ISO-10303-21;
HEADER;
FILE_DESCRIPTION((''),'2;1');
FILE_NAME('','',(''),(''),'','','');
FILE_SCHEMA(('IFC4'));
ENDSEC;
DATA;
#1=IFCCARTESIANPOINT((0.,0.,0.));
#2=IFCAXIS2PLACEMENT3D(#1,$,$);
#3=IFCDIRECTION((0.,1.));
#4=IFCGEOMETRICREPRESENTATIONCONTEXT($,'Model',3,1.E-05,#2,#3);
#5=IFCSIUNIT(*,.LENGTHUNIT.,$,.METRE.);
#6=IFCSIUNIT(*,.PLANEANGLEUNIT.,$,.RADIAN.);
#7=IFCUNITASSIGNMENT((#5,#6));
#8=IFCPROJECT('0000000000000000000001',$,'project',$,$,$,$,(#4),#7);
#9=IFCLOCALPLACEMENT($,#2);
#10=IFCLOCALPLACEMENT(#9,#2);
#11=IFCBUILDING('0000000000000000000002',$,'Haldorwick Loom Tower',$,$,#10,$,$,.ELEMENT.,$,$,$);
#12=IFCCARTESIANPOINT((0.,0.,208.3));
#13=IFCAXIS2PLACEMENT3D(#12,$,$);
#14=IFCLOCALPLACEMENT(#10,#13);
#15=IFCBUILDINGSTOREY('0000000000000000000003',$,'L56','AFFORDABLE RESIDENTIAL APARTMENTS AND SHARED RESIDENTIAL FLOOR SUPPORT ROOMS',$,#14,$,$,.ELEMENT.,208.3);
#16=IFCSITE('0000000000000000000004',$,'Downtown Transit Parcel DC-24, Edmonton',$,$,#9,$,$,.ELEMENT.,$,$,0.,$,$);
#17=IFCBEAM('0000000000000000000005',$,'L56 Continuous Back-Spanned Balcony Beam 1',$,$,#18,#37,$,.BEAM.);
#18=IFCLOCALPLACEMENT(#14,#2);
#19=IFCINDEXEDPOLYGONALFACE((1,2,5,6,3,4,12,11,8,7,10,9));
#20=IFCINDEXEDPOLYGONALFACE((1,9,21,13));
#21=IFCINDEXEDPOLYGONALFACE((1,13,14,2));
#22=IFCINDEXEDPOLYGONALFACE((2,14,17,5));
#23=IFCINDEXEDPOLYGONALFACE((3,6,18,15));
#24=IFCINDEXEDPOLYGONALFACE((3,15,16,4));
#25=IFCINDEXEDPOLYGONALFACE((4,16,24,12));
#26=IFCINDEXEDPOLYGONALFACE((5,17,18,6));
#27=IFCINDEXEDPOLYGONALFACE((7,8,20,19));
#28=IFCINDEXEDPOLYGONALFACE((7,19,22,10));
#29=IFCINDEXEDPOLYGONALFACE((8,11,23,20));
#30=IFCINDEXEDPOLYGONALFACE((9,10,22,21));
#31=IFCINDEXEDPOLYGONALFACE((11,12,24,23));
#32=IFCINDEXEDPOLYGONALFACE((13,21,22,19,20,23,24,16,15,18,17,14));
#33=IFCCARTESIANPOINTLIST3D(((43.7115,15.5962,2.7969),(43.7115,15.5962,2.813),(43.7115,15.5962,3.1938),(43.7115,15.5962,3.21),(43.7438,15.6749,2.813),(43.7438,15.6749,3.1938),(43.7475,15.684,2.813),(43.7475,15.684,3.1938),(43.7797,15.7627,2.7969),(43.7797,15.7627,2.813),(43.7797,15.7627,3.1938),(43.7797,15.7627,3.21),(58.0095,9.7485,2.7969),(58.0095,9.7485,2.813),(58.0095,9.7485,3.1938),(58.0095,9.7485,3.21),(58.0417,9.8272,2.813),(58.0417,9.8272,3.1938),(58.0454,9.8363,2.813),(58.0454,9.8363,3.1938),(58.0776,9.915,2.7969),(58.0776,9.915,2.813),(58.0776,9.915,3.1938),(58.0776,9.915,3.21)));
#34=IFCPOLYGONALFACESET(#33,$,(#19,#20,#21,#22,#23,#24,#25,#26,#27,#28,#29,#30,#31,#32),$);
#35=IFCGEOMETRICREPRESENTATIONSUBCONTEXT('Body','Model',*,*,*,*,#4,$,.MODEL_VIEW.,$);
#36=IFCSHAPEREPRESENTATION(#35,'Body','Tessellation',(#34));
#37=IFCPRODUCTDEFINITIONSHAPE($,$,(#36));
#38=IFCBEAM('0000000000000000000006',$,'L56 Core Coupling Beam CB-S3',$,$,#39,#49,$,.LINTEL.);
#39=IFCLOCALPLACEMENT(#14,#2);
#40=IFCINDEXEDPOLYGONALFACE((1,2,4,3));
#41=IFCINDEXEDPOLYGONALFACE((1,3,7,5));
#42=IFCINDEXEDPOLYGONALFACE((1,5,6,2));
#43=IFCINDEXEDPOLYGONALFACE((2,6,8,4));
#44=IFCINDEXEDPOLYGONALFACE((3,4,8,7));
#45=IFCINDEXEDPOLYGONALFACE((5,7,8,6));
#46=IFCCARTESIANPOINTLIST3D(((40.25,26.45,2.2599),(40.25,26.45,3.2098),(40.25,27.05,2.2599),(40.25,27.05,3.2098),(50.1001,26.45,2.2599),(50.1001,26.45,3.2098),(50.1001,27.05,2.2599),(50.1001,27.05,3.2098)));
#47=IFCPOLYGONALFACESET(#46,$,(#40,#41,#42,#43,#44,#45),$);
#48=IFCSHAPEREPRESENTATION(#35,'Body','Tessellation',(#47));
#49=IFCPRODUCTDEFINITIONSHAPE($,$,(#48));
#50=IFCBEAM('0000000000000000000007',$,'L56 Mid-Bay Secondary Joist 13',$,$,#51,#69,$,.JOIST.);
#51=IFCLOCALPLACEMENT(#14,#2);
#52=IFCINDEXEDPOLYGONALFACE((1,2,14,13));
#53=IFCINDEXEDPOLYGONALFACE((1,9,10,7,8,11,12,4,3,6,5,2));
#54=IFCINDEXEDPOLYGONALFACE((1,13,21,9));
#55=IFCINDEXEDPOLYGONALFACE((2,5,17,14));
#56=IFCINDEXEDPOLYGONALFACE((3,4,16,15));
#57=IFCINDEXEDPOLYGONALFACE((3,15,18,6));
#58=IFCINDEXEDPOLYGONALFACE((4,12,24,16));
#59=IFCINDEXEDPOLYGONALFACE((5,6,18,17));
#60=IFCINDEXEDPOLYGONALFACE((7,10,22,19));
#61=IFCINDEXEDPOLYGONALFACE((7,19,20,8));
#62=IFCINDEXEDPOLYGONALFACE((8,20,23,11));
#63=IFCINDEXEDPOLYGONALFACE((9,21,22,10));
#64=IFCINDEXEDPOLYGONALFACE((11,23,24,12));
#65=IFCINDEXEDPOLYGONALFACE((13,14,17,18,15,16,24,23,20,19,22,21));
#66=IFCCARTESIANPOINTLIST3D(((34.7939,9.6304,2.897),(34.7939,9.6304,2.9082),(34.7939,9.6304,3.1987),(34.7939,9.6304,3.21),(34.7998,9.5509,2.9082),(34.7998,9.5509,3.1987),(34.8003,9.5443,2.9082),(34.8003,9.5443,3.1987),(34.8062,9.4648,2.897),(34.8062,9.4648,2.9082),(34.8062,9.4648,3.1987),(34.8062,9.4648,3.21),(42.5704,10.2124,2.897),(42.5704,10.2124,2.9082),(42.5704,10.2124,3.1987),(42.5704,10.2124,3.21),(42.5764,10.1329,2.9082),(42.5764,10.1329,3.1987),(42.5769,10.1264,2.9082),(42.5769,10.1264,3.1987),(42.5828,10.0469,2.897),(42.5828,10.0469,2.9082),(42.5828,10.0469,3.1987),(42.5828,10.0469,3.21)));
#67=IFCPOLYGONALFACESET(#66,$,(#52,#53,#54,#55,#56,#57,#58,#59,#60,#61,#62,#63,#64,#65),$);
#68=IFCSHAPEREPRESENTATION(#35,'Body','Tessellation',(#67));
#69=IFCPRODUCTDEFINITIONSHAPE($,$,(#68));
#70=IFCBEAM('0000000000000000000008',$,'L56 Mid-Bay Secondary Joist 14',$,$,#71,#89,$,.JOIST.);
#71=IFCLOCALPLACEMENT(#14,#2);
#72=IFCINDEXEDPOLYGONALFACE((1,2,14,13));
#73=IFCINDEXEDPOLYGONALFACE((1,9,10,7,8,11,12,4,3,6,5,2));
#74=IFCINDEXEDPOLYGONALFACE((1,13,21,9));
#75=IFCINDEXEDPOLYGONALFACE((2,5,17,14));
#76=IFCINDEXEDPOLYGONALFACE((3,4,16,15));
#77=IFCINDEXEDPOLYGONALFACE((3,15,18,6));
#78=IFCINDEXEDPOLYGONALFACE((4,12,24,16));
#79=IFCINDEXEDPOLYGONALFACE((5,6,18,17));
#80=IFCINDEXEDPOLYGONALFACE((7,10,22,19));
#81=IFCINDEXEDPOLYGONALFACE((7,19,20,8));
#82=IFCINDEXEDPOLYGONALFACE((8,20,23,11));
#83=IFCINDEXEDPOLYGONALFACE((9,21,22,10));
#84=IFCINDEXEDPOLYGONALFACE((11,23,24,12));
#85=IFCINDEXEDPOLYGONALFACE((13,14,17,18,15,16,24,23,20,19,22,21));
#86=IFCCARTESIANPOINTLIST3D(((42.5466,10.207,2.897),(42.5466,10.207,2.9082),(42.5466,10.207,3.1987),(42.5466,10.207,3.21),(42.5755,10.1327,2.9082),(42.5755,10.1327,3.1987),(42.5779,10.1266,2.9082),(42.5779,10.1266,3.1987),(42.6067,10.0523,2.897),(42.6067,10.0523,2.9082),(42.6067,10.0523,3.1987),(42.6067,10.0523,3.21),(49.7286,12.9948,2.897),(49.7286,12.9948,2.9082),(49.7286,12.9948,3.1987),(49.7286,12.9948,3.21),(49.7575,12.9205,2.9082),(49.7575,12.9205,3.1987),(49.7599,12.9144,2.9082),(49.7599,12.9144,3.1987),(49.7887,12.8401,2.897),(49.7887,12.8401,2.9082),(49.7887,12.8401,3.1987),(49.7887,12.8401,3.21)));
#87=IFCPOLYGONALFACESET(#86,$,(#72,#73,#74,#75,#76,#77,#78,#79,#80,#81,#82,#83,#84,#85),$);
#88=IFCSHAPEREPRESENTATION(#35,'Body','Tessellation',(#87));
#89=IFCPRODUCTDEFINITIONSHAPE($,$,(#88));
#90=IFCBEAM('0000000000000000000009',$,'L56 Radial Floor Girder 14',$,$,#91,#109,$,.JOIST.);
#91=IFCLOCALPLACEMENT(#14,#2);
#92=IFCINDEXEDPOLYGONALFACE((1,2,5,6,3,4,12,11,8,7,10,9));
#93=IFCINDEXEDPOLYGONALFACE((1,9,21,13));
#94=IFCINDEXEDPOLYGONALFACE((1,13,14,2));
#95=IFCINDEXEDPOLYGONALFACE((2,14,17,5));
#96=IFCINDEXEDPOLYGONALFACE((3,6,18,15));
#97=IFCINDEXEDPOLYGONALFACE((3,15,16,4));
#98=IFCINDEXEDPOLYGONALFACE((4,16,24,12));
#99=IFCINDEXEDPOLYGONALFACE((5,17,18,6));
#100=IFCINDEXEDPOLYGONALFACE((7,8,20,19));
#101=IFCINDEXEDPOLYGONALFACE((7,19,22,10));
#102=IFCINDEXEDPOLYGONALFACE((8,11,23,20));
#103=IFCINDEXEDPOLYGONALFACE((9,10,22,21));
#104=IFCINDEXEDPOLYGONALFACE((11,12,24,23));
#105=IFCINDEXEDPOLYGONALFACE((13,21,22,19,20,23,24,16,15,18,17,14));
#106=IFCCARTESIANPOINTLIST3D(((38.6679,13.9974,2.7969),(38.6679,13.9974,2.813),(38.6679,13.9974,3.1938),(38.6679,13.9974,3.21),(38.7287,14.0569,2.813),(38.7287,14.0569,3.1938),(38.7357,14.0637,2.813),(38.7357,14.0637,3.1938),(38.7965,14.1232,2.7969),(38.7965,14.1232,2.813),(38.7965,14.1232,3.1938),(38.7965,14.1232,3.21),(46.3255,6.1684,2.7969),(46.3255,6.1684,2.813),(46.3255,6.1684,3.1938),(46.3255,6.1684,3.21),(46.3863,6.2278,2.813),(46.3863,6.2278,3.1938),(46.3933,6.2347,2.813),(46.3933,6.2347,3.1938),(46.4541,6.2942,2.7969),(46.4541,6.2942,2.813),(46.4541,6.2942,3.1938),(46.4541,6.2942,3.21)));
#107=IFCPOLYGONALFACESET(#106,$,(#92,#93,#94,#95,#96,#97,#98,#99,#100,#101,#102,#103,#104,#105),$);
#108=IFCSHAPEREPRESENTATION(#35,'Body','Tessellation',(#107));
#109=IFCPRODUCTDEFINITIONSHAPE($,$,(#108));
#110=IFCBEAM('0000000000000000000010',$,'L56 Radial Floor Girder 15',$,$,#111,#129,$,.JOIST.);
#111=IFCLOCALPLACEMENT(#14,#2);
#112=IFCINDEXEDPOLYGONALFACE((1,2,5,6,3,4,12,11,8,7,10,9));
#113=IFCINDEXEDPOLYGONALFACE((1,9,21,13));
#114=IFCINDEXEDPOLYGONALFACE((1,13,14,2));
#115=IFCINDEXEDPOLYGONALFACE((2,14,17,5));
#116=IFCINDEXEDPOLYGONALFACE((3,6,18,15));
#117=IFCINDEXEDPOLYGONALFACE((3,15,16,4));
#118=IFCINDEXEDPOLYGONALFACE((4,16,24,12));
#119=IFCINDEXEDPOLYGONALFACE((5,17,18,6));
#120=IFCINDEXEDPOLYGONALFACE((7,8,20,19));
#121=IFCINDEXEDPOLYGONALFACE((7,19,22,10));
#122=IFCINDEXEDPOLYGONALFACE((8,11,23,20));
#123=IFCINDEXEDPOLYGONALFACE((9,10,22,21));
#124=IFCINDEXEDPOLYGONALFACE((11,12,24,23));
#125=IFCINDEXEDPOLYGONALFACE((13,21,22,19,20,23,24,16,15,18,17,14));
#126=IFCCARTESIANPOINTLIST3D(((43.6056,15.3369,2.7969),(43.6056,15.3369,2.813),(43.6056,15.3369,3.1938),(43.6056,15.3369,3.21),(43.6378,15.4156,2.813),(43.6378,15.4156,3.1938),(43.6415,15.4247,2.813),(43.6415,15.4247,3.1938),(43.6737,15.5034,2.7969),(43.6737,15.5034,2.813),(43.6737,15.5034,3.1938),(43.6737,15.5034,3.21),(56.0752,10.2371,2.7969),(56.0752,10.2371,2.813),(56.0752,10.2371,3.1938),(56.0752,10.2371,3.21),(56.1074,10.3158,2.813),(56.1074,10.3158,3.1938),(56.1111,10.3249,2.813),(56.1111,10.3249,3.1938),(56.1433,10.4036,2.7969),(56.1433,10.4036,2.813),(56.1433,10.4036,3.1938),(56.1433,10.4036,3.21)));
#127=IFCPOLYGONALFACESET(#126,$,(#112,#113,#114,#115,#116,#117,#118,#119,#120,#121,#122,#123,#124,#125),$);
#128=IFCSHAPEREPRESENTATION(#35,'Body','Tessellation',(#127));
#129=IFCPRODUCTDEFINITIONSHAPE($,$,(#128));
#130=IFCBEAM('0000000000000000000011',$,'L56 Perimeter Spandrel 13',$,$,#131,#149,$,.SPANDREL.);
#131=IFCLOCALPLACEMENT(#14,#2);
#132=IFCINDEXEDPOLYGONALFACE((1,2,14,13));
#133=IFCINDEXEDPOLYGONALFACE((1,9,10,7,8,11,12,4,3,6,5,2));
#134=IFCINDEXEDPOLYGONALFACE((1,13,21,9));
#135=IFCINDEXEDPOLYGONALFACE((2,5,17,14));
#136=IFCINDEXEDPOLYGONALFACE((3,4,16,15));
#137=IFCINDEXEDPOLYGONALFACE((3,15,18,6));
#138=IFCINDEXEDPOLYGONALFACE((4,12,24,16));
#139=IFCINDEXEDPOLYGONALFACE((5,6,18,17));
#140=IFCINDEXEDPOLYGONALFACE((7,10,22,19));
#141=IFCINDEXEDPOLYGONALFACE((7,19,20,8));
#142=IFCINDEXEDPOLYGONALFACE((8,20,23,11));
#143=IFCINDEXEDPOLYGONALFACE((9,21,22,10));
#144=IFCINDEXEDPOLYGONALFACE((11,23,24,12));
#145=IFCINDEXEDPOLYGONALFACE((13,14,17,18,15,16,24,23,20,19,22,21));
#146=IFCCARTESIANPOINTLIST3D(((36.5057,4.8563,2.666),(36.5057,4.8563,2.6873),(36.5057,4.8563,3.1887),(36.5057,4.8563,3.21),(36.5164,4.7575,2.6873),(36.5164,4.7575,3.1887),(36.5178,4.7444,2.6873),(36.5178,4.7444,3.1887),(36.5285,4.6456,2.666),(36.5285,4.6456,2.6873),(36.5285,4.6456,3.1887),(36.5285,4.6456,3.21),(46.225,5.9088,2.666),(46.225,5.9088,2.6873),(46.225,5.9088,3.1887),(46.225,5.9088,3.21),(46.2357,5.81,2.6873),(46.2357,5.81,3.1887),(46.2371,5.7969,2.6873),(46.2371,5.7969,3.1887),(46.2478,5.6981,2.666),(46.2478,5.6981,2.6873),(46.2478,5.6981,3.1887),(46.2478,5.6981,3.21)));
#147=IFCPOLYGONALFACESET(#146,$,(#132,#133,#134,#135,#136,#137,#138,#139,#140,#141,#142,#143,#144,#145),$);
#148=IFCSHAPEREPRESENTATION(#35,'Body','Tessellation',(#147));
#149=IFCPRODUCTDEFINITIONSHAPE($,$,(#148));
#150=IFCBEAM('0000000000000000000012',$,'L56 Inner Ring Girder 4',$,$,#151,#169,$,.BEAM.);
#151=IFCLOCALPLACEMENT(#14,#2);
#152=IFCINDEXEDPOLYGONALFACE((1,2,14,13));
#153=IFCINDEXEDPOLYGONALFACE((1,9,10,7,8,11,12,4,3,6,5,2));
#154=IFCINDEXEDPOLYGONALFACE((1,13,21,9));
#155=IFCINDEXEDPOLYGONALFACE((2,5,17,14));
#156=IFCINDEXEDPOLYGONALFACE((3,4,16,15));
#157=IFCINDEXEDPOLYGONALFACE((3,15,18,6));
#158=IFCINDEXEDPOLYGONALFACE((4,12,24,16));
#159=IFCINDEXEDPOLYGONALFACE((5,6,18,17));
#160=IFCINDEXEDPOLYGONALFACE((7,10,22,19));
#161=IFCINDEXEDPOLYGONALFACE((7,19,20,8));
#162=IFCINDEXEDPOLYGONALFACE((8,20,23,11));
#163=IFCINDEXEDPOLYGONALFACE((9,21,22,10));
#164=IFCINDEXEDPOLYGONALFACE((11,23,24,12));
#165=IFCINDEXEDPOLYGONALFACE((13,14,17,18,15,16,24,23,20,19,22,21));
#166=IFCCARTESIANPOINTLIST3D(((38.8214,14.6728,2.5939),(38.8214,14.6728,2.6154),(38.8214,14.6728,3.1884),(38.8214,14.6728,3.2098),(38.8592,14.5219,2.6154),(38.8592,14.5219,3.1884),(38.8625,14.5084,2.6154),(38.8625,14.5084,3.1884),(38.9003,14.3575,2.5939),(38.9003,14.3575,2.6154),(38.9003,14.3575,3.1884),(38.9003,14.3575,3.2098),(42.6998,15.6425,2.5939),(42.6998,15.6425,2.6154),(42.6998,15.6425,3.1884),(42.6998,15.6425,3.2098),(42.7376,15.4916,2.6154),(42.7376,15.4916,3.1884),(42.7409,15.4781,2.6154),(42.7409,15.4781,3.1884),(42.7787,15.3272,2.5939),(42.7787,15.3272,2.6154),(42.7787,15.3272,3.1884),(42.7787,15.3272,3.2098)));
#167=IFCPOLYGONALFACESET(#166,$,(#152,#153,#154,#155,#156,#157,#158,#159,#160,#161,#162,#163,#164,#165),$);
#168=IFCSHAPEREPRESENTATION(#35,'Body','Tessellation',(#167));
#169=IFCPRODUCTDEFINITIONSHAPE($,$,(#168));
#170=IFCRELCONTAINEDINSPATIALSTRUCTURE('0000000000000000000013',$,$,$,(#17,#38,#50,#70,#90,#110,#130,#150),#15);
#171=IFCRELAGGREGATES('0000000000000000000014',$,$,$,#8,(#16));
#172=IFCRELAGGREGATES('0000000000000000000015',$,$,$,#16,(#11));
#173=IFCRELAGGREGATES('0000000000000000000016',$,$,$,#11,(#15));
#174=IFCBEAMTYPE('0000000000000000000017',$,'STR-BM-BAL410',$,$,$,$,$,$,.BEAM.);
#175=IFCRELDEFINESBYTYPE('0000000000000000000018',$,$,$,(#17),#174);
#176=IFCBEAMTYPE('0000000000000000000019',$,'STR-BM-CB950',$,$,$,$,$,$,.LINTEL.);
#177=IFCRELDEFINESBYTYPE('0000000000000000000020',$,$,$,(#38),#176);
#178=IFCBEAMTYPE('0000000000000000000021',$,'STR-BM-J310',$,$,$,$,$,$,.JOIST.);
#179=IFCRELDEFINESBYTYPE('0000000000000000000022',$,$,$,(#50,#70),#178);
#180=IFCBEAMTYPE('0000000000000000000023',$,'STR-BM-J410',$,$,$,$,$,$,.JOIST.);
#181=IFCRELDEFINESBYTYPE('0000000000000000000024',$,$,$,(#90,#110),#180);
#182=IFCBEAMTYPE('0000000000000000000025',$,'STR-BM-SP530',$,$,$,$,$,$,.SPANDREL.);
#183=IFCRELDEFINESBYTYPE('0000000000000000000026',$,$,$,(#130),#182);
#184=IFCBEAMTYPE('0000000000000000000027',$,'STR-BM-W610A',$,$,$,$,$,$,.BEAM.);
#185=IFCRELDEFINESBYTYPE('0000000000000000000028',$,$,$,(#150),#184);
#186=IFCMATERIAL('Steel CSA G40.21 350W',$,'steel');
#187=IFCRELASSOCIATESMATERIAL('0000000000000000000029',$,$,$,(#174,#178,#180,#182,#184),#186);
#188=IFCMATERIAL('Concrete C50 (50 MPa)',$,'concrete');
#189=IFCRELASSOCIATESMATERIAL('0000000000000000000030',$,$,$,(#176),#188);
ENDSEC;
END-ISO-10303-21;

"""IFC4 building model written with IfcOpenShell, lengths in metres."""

from ifc_helpers import new_model, si_unit, direction, frame, origin, origin_2d, place, context, subcontext, project, spatial, rectangle, i_section, extrude, material, material_profile, profile_set, type_object, element, save


model = new_model("IFC4")

# Units and contexts
model_context = context("Model", 3, precision=1e-05, world=origin(), true_north=direction((0.0, 1.0)))
body_context = subcontext(model_context, "Body", "Model", "MODEL_VIEW")
ifc_project = project(units=[si_unit("LENGTHUNIT", "METRE"), si_unit("PLANEANGLEUNIT", "RADIAN")], contexts=[model_context])

# Site, building, storey
site_placement = place(None, origin())
site = spatial("IfcSite", under=ifc_project, at=site_placement, Name="Downtown Transit Parcel DC-24, Edmonton", CompositionType="ELEMENT", RefElevation=0.0)
building_placement = place(site_placement, origin())
building = spatial("IfcBuilding", under=site, at=building_placement, Name="Haldorwick Loom Tower", CompositionType="ELEMENT")
storey_placement = place(building_placement, frame((0.0, 0.0, 208.3)))
storey = spatial("IfcBuildingStorey", under=building, at=storey_placement, Name="L56", Description="AFFORDABLE RESIDENTIAL APARTMENTS AND SHARED RESIDENTIAL FLOOR SUPPORT ROOMS", CompositionType="ELEMENT", Elevation=208.3)

# Shared definitions
ifc_material_1 = material(Name="Steel CSA G40.21 350W", Category="steel")

# Beams
ifc_material_profile_1 = material_profile(ifc_material_1, i_section(OverallWidth=0.1799, OverallDepth=0.4131, WebThickness=0.0098, FlangeThickness=0.0161, at=origin_2d()), Name="W410X74", Category="steel")
ifc_profile_set_1 = profile_set([ifc_material_profile_1], Name="Steel CSA G40.21 350W")
beam_type_1 = type_object("IfcBeamType", Name="STR-BM-BAL410", PredefinedType="BEAM", material=ifc_profile_set_1)
beam_1_placement = place(storey_placement, frame((43.7456, 15.6794, 3.0034), z_axis=(0.92558, -0.378552, 0.0), x_axis=(0.378552, 0.92558, 0.0)))
element("IfcBeam", 1, at=beam_1_placement, inside=storey, type_object=beam_type_1, Name="L56 Continuous Back-Spanned Balcony Beam 1", PredefinedType="BEAM", context=body_context, shape_type="SweptSolid", body=[
    extrude(i_section(OverallWidth=0.1799, OverallDepth=0.4131, WebThickness=0.0098, FlangeThickness=0.0161, at=origin_2d()), origin(), (0.0, 0.0, 1.0), 15.4475),
])
ifc_material_2 = material(Name="Concrete C50 (50 MPa)", Category="concrete")
ifc_material_profile_2 = material_profile(ifc_material_2, rectangle(XDim=0.6001, YDim=0.95, at=origin_2d()), Name="RC600X950", Category="concrete")
ifc_profile_set_2 = profile_set([ifc_material_profile_2], Name="Concrete C50 (50 MPa)")
beam_type_2 = type_object("IfcBeamType", Name="STR-BM-CB950", PredefinedType="LINTEL", material=ifc_profile_set_2)
beam_2_placement = place(storey_placement, frame((40.25, 26.75, 2.7349), z_axis=(1.0, 0.0, 0.0), x_axis=(0.0, 1.0, 0.0)))
element("IfcBeam", 2, at=beam_2_placement, inside=storey, type_object=beam_type_2, Name="L56 Core Coupling Beam CB-S3", PredefinedType="LINTEL", context=body_context, shape_type="SweptSolid", body=[
    extrude(rectangle(XDim=0.6001, YDim=0.95, at=origin_2d()), origin(), (0.0, 0.0, 1.0), 9.8501),
])
ifc_material_profile_3 = material_profile(ifc_material_1, i_section(OverallWidth=0.166, OverallDepth=0.313, WebThickness=0.0066, FlangeThickness=0.0112, at=origin_2d()), Name="W310X45", Category="steel")
ifc_profile_set_3 = profile_set([ifc_material_profile_3], Name="Steel CSA G40.21 350W")
beam_type_3 = type_object("IfcBeamType", Name="STR-BM-J310", PredefinedType="JOIST", material=ifc_profile_set_3)
beam_3_placement = place(storey_placement, frame((34.8, 9.5476, 3.0535), z_axis=(0.997211, 0.074635, 0.0), x_axis=(-0.074635, 0.997211, 0.0)))
element("IfcBeam", 3, at=beam_3_placement, inside=storey, type_object=beam_type_3, Name="L56 Mid-Bay Secondary Joist 13", PredefinedType="JOIST", context=body_context, shape_type="SweptSolid", body=[
    extrude(i_section(OverallWidth=0.166, OverallDepth=0.313, WebThickness=0.0066, FlangeThickness=0.0112, at=origin_2d()), origin(), (0.0, 0.0, 1.0), 7.7983),
])
beam_4_placement = place(storey_placement, frame((42.5767, 10.1296, 3.0535), z_axis=(0.932233, 0.361859, 0.0), x_axis=(-0.361859, 0.932233, 0.0)))
element("IfcBeam", 4, at=beam_4_placement, inside=storey, type_object=beam_type_3, Name="L56 Mid-Bay Secondary Joist 14", PredefinedType="JOIST", context=body_context, shape_type="SweptSolid", body=[
    extrude(i_section(OverallWidth=0.166, OverallDepth=0.313, WebThickness=0.0066, FlangeThickness=0.0112, at=origin_2d()), origin(), (0.0, 0.0, 1.0), 7.7041),
])
ifc_material_profile_4 = material_profile(ifc_material_1, i_section(OverallWidth=0.1799, OverallDepth=0.4131, WebThickness=0.0098, FlangeThickness=0.0161, at=origin_2d()), Name="W410X74", Category="steel")
ifc_profile_set_4 = profile_set([ifc_material_profile_4], Name="Steel CSA G40.21 350W")
beam_type_4 = type_object("IfcBeamType", Name="STR-BM-J410", PredefinedType="JOIST", material=ifc_profile_set_4)
beam_5_placement = place(storey_placement, frame((38.7322, 14.0603, 3.0034), z_axis=(0.699239, -0.714888, 0.0), x_axis=(0.714888, 0.699239, 0.0)))
element("IfcBeam", 5, at=beam_5_placement, inside=storey, type_object=beam_type_4, Name="L56 Radial Floor Girder 14", PredefinedType="JOIST", context=body_context, shape_type="SweptSolid", body=[
    extrude(i_section(OverallWidth=0.1799, OverallDepth=0.4131, WebThickness=0.0098, FlangeThickness=0.0161, at=origin_2d()), origin(), (0.0, 0.0, 1.0), 10.9514),
])
beam_6_placement = place(storey_placement, frame((43.6396, 15.4202, 3.0034), z_axis=(0.925583, -0.378544, 0.0), x_axis=(0.378544, 0.925583, 0.0)))
element("IfcBeam", 6, at=beam_6_placement, inside=storey, type_object=beam_type_4, Name="L56 Radial Floor Girder 15", PredefinedType="JOIST", context=body_context, shape_type="SweptSolid", body=[
    extrude(i_section(OverallWidth=0.1799, OverallDepth=0.4131, WebThickness=0.0098, FlangeThickness=0.0161, at=origin_2d()), origin(), (0.0, 0.0, 1.0), 13.4722),
])
ifc_material_profile_5 = material_profile(ifc_material_1, i_section(OverallWidth=0.2119, OverallDepth=0.5439, WebThickness=0.0132, FlangeThickness=0.0212, at=origin_2d()), Name="W530X123", Category="steel")
ifc_profile_set_5 = profile_set([ifc_material_profile_5], Name="Steel CSA G40.21 350W")
beam_type_5 = type_object("IfcBeamType", Name="STR-BM-SP530", PredefinedType="SPANDREL", material=ifc_profile_set_5)
beam_7_placement = place(storey_placement, frame((36.5171, 4.751, 2.938), z_axis=(0.994188, 0.10766, 0.0), x_axis=(-0.10766, 0.994188, 0.0)))
element("IfcBeam", 7, at=beam_7_placement, inside=storey, type_object=beam_type_5, Name="L56 Perimeter Spandrel 13", PredefinedType="SPANDREL", context=body_context, shape_type="SweptSolid", body=[
    extrude(i_section(OverallWidth=0.2119, OverallDepth=0.5439, WebThickness=0.0132, FlangeThickness=0.0212, at=origin_2d()), origin(), (0.0, 0.0, 1.0), 9.7761),
])
ifc_material_profile_6 = material_profile(ifc_material_1, i_section(OverallWidth=0.325, OverallDepth=0.616, WebThickness=0.0139, FlangeThickness=0.0215, at=origin_2d()), Name="W610X174", Category="steel")
ifc_profile_set_6 = profile_set([ifc_material_profile_6], Name="Steel CSA G40.21 350W")
beam_type_6 = type_object("IfcBeamType", Name="STR-BM-W610A", PredefinedType="BEAM", material=ifc_profile_set_6)
beam_8_placement = place(storey_placement, frame((42.7393, 15.4849, 2.9019), z_axis=(-0.970135, -0.242564, 0.0), x_axis=(0.242564, -0.970135, 0.0)))
element("IfcBeam", 8, at=beam_8_placement, inside=storey, type_object=beam_type_6, Name="L56 Inner Ring Girder 4", PredefinedType="BEAM", context=body_context, shape_type="SweptSolid", body=[
    extrude(i_section(OverallWidth=0.325, OverallDepth=0.616, WebThickness=0.0139, FlangeThickness=0.0215, at=origin_2d()), origin(), (0.0, 0.0, 1.0), 3.9978),
])

save(model, "model.ifc")
